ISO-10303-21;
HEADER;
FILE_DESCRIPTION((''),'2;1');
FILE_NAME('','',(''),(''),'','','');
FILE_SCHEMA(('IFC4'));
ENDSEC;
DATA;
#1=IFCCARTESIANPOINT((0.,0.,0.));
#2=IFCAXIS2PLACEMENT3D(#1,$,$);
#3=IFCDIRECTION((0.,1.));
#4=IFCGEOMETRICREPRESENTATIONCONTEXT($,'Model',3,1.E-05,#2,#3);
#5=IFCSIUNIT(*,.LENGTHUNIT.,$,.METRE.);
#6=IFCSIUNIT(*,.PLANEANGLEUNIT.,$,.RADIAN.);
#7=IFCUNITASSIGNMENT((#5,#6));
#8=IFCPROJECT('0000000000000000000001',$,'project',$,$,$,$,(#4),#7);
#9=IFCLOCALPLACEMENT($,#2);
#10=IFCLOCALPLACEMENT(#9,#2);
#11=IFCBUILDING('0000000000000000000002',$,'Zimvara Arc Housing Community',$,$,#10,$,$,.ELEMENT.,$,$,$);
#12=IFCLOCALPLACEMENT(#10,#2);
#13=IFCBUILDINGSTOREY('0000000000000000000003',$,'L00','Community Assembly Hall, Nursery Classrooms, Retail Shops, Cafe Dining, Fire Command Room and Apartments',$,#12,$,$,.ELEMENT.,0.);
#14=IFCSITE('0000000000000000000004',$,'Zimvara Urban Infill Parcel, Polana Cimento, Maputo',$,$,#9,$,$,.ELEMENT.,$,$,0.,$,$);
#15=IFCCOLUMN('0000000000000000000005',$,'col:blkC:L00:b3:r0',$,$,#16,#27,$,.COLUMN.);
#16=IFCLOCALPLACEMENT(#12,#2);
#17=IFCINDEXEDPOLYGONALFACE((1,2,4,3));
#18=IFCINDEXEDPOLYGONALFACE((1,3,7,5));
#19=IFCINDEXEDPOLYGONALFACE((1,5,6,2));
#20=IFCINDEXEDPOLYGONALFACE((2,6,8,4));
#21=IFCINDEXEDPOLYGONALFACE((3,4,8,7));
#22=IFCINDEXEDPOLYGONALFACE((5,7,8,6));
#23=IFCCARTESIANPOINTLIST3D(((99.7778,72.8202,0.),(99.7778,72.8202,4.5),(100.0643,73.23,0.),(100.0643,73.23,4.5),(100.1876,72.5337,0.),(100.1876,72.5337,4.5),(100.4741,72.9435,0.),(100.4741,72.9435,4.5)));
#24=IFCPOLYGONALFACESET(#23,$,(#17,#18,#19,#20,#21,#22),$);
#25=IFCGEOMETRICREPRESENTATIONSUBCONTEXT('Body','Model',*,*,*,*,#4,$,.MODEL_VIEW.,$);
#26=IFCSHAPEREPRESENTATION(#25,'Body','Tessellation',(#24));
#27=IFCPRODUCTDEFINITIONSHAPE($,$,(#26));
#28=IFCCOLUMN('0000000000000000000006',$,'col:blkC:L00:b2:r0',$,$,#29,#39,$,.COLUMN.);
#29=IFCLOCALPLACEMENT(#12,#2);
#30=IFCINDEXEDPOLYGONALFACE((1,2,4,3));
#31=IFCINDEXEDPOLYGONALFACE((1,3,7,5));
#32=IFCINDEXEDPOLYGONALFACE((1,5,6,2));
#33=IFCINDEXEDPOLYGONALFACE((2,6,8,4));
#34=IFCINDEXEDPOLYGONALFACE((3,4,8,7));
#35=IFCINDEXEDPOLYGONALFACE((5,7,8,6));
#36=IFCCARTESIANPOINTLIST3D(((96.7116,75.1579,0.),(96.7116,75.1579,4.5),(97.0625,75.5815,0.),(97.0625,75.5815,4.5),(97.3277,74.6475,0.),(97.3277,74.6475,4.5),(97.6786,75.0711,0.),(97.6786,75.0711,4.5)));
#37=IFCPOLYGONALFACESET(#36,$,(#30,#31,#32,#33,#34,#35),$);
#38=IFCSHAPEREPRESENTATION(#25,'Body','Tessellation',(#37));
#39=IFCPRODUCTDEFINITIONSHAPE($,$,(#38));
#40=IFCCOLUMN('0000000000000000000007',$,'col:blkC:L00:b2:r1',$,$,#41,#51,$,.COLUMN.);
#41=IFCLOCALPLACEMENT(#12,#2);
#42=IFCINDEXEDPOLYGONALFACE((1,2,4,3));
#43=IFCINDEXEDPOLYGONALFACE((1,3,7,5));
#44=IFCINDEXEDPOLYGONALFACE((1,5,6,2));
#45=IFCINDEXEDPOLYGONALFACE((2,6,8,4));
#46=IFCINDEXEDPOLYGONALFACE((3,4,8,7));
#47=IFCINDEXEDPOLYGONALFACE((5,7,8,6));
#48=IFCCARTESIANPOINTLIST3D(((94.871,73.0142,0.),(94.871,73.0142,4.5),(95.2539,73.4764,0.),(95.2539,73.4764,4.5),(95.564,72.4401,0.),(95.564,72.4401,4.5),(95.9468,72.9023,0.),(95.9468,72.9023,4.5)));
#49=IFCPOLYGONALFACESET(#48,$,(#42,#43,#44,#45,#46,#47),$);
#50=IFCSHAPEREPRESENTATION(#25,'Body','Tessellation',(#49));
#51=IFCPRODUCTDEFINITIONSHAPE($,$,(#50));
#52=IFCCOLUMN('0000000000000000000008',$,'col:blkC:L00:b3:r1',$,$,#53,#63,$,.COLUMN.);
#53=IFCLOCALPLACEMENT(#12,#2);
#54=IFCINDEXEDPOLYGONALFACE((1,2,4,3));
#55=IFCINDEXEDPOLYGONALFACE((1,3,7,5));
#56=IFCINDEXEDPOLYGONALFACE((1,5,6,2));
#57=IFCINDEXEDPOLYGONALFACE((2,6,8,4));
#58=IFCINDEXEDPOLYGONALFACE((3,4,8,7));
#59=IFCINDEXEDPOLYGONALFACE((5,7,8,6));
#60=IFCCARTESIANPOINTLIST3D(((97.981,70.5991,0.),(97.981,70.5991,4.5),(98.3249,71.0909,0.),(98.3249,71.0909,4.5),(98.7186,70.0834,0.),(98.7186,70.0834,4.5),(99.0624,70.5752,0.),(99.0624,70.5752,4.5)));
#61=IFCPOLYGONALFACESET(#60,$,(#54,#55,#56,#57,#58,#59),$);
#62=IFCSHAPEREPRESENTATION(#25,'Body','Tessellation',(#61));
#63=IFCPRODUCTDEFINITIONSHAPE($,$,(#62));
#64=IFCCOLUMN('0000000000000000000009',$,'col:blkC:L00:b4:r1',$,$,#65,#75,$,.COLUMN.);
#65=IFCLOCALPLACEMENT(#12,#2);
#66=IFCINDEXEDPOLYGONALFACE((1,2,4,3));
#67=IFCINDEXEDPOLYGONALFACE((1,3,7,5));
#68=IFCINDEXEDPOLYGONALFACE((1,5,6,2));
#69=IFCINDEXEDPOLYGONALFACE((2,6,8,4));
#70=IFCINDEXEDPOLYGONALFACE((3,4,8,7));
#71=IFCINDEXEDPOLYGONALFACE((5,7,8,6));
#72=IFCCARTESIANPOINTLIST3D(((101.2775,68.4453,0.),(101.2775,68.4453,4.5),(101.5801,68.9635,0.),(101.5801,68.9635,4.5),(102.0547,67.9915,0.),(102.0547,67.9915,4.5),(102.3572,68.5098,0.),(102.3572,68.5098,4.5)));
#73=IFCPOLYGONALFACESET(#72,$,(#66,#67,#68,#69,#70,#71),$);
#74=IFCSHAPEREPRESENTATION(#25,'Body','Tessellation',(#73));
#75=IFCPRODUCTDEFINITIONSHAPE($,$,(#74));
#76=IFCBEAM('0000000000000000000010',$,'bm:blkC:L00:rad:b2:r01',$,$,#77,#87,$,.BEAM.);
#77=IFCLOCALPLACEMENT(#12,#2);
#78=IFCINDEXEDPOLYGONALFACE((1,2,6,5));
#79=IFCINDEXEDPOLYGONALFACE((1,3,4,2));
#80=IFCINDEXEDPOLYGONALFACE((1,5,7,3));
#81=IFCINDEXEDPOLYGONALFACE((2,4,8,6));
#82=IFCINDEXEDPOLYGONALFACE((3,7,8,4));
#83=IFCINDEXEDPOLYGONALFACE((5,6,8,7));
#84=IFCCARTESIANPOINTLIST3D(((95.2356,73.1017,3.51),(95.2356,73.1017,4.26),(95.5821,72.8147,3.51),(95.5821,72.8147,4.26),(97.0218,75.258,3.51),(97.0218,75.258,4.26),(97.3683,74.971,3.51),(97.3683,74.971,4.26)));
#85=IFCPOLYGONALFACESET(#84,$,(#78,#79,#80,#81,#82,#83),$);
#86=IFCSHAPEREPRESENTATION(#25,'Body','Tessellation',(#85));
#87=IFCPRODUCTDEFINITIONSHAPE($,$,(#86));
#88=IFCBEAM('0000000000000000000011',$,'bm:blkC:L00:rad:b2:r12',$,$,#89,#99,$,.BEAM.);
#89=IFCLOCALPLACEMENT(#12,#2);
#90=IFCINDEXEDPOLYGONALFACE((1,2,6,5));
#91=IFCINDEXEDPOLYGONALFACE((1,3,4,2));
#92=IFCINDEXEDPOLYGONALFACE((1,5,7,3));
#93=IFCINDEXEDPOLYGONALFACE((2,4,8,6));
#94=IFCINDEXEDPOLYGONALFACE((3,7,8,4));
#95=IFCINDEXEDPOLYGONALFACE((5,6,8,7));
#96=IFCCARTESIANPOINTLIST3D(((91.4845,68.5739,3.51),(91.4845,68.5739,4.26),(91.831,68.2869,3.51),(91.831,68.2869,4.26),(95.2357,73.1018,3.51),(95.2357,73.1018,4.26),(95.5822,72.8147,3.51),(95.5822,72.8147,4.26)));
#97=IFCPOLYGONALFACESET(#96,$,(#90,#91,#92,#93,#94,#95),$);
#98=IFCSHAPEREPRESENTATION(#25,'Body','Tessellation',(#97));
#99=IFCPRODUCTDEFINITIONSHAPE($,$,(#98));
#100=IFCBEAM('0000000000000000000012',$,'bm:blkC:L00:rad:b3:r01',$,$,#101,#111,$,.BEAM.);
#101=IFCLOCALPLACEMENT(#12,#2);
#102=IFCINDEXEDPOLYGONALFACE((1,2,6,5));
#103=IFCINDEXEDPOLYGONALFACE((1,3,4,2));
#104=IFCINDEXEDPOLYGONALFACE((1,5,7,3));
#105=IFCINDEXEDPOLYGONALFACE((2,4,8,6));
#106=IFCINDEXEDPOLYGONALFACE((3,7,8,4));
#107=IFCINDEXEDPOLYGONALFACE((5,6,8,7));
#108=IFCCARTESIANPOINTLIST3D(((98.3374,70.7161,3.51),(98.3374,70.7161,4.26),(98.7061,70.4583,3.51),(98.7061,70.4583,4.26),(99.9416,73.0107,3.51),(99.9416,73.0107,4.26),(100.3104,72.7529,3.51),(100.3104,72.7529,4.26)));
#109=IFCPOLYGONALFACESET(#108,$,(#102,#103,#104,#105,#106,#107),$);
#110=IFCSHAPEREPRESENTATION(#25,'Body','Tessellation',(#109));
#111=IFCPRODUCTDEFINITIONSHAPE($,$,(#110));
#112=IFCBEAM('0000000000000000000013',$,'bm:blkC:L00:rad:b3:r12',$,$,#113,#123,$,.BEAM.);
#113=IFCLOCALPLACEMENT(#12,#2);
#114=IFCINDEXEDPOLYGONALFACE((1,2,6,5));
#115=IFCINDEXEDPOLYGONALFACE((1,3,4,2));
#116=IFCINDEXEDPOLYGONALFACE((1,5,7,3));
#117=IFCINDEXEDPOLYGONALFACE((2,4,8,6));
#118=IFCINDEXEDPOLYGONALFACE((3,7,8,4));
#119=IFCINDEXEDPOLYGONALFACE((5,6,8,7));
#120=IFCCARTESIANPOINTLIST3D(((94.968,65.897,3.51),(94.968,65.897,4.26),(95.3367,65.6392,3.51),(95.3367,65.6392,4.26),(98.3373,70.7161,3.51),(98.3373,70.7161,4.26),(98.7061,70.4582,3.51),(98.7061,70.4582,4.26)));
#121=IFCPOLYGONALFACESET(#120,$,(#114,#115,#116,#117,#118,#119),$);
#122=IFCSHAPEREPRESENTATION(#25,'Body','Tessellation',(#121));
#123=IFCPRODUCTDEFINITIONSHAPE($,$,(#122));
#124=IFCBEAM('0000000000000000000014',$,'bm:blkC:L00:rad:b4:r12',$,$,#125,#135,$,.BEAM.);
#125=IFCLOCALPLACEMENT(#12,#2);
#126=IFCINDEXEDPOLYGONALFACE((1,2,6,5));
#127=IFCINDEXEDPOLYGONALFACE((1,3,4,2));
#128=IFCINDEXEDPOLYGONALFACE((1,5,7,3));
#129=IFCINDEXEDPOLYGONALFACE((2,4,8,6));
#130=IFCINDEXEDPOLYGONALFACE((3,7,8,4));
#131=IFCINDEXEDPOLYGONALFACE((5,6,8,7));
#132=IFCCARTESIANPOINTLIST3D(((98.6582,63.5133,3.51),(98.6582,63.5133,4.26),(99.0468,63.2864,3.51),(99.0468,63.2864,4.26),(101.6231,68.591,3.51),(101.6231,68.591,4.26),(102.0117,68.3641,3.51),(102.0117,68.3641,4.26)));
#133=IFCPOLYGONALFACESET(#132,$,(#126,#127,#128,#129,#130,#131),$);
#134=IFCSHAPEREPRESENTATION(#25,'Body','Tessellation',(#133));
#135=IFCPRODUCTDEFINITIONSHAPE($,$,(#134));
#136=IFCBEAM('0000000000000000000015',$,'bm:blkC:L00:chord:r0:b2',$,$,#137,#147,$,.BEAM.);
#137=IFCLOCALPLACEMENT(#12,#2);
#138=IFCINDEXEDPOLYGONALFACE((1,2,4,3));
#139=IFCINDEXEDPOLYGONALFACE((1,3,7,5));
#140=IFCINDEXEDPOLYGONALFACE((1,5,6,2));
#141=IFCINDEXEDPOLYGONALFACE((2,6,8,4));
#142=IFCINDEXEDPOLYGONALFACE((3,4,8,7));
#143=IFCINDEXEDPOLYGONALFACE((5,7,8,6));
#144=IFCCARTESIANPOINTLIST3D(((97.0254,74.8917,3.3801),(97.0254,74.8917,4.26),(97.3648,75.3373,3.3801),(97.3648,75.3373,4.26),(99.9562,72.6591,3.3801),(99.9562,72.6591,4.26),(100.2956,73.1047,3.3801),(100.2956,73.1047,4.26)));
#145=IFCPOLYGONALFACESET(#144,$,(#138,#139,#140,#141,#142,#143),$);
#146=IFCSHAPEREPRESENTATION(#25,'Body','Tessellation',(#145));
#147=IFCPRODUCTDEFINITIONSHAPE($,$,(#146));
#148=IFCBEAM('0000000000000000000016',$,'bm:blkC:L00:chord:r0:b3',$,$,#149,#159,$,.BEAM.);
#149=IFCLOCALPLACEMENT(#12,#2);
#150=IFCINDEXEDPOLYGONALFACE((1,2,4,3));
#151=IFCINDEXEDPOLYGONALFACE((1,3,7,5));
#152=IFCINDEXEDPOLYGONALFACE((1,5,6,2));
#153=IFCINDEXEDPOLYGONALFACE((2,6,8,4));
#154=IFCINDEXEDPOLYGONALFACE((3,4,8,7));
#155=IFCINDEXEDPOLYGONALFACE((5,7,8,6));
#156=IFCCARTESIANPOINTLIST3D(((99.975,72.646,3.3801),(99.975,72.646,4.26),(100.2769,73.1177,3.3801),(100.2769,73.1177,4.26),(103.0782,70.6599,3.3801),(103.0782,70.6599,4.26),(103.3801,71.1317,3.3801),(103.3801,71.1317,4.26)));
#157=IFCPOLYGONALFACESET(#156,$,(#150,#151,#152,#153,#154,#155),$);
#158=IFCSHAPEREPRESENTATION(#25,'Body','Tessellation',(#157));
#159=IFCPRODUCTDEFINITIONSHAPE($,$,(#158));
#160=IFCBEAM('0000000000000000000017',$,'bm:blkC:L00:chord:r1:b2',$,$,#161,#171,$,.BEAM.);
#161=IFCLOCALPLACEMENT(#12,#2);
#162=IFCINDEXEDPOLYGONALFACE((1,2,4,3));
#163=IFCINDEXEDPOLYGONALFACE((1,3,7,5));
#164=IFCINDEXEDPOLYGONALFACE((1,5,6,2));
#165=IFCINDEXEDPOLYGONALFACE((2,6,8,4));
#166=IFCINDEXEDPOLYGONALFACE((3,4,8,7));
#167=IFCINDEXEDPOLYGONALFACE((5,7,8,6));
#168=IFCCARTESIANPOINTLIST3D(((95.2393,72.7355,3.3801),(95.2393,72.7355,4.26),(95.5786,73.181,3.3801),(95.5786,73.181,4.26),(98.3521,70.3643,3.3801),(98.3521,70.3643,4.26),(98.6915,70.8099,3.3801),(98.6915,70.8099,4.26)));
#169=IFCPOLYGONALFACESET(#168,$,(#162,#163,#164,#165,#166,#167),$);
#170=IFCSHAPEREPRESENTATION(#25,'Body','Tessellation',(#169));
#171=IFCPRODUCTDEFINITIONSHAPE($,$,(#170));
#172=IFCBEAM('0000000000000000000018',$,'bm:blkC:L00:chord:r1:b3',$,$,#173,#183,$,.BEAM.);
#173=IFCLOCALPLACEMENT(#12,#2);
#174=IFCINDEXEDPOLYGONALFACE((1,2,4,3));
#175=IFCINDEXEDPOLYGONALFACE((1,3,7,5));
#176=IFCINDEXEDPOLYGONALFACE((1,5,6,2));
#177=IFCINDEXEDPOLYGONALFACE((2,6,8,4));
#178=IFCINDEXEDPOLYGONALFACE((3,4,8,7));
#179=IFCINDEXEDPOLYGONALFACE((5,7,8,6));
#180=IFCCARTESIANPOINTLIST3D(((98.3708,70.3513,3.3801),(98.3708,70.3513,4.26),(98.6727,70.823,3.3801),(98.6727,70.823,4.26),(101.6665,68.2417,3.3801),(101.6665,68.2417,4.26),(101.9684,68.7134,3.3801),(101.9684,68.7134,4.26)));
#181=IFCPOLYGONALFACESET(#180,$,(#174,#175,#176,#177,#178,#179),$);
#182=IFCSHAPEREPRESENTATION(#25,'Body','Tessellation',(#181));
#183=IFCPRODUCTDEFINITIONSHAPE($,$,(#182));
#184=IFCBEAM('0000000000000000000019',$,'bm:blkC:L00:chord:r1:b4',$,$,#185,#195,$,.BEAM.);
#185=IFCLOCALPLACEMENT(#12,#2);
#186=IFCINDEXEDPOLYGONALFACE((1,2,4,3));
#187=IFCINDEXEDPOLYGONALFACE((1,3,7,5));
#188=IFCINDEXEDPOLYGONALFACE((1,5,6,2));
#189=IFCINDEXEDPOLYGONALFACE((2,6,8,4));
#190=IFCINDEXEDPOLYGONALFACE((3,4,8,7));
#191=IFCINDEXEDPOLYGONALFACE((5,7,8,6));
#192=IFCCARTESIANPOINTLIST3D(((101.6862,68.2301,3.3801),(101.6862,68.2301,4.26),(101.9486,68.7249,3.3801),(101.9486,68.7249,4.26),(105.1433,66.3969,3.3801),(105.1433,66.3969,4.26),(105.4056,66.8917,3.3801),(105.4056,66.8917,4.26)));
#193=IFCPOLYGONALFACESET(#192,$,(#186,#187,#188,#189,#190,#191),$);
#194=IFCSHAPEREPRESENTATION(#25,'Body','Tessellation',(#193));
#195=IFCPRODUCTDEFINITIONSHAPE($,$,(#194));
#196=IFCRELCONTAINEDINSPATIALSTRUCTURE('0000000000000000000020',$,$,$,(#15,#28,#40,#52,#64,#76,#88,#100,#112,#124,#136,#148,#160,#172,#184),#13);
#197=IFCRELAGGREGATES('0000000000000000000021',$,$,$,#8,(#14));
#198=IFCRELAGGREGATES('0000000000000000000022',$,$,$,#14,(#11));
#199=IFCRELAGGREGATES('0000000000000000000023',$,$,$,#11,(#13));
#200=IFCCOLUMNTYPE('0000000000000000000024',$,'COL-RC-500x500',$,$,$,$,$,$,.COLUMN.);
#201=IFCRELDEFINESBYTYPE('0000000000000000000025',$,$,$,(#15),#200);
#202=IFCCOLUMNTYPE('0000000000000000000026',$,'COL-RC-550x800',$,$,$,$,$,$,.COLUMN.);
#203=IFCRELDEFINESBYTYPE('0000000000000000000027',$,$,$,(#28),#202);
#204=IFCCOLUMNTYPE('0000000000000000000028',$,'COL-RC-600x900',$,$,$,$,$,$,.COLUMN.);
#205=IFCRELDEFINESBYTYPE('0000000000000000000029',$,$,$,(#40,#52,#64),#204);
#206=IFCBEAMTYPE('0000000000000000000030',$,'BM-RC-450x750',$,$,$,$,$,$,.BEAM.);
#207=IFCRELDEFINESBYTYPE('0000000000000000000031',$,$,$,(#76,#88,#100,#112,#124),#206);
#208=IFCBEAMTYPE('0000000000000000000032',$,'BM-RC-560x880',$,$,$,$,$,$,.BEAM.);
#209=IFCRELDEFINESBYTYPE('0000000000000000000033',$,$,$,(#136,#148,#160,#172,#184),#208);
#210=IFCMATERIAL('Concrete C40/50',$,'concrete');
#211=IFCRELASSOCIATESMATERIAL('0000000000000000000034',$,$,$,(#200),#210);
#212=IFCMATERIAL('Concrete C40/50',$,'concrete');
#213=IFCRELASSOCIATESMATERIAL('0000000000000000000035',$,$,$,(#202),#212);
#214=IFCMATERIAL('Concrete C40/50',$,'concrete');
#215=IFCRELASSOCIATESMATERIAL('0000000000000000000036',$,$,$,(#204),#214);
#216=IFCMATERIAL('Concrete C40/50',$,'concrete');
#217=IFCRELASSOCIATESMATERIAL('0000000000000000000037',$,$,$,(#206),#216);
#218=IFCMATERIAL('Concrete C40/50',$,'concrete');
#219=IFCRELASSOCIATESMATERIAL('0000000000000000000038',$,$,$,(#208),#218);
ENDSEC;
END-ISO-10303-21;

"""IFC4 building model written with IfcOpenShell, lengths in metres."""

from ifc_helpers import new_model, si_unit, direction, frame, origin, origin_2d, place, context, subcontext, project, spatial, rectangle, extrude, material, material_profile, profile_set, type_object, element, save


model = new_model("IFC4")

# Units and contexts
model_context = context("Model", 3, precision=1e-05, world=origin(), true_north=direction((0.0, 1.0)))
body_context = subcontext(model_context, "Body", "Model", "MODEL_VIEW")
ifc_project = project(units=[si_unit("LENGTHUNIT", "METRE"), si_unit("PLANEANGLEUNIT", "RADIAN")], contexts=[model_context])

# Site, building, storey
site_placement = place(None, origin())
site = spatial("IfcSite", under=ifc_project, at=site_placement, Name="Zimvara Urban Infill Parcel, Polana Cimento, Maputo", CompositionType="ELEMENT", RefElevation=0.0)
building_placement = place(site_placement, origin())
building = spatial("IfcBuilding", under=site, at=building_placement, Name="Zimvara Arc Housing Community", CompositionType="ELEMENT")
storey_placement = place(building_placement, origin())
storey = spatial("IfcBuildingStorey", under=building, at=storey_placement, Name="L00", Description="Community Assembly Hall, Nursery Classrooms, Retail Shops, Cafe Dining, Fire Command Room and Apartments", CompositionType="ELEMENT", Elevation=0.0)

# Columns
ifc_material_1 = material(Name="Concrete C40/50", Category="concrete")
ifc_material_profile_1 = material_profile(ifc_material_1, rectangle(XDim=0.5, YDim=0.5, at=origin_2d()), Name="RC 500x500")
ifc_profile_set_1 = profile_set([ifc_material_profile_1], Name="Concrete C40/50")
column_type_1 = type_object("IfcColumnType", Name="COL-RC-500x500", PredefinedType="COLUMN", material=ifc_profile_set_1)
column_1_placement = place(storey_placement, frame((100.126, 72.8818, 0.0), z_axis=(0.0, 0.0, 1.0), x_axis=(-0.573004, -0.819552, 0.0)))
element("IfcColumn", 1, at=column_1_placement, inside=storey, type_object=column_type_1, Name="col:blkC:L00:b3:r0", PredefinedType="COLUMN", context=body_context, shape_type="SweptSolid", body=[
    extrude(rectangle(XDim=0.5, YDim=0.5, at=origin_2d()), origin(), (0.0, 0.0, 1.0), 4.5),
])
ifc_material_2 = material(Name="Concrete C40/50", Category="concrete")
ifc_material_profile_2 = material_profile(ifc_material_2, rectangle(XDim=0.55, YDim=0.8, at=origin_2d()), Name="RC 550x800")
ifc_profile_set_2 = profile_set([ifc_material_profile_2], Name="Concrete C40/50")
column_type_2 = type_object("IfcColumnType", Name="COL-RC-550x800", PredefinedType="COLUMN", material=ifc_profile_set_2)
column_2_placement = place(storey_placement, frame((97.1951, 75.1145, 0.0), z_axis=(0.0, 0.0, 1.0), x_axis=(-0.637962, -0.770068, 0.0)))
element("IfcColumn", 2, at=column_2_placement, inside=storey, type_object=column_type_2, Name="col:blkC:L00:b2:r0", PredefinedType="COLUMN", context=body_context, shape_type="SweptSolid", body=[
    extrude(rectangle(XDim=0.55, YDim=0.8, at=origin_2d()), origin(), (0.0, 0.0, 1.0), 4.5),
])
ifc_material_3 = material(Name="Concrete C40/50", Category="concrete")
ifc_material_profile_3 = material_profile(ifc_material_3, rectangle(XDim=0.6001, YDim=0.8999, at=origin_2d()), Name="RC 600x900")
ifc_profile_set_3 = profile_set([ifc_material_profile_3], Name="Concrete C40/50")
column_type_3 = type_object("IfcColumnType", Name="COL-RC-600x900", PredefinedType="COLUMN", material=ifc_profile_set_3)
for number, where, z_axis, x_axis, name in (
    (3, (95.4089, 72.9583, 0.0), (0.0, 0.0, 1.0), (-0.637962, -0.770068, 0.0), "col:blkC:L00:b2:r1"),
    (4, (98.5217, 70.5872, 0.0), (0.0, 0.0, 1.0), (-0.573004, -0.819552, 0.0), "col:blkC:L00:b3:r1"),
    (5, (101.8174, 68.4775, 0.0), (0.0, 0.0, 1.0), (-0.504226, -0.863572, 0.0), "col:blkC:L00:b4:r1"),
):
    element("IfcColumn", number, at=place(storey_placement, frame(where, z_axis=z_axis, x_axis=x_axis)), inside=storey, type_object=column_type_3, Name=name, PredefinedType="COLUMN", context=body_context, shape_type="SweptSolid", body=[
        extrude(rectangle(XDim=0.6001, YDim=0.8999, at=origin_2d()), origin(), (0.0, 0.0, 1.0), 4.5),
    ])

# Beams
ifc_material_4 = material(Name="Concrete C40/50", Category="concrete")
ifc_material_profile_4 = material_profile(ifc_material_4, rectangle(XDim=0.45, YDim=0.75, at=origin_2d()), Name="RC 450x750")
ifc_profile_set_4 = profile_set([ifc_material_profile_4], Name="Concrete C40/50")
beam_type_1 = type_object("IfcBeamType", Name="BM-RC-450x750", PredefinedType="BEAM", material=ifc_profile_set_4)
beam_1_placement = place(storey_placement, frame((97.1951, 75.1145, 3.885), z_axis=(-0.637917, -0.770105, 0.0), x_axis=(0.770105, -0.637917, 0.0)))
element("IfcBeam", 6, at=beam_1_placement, inside=storey, type_object=beam_type_1, Name="bm:blkC:L00:rad:b2:r01", PredefinedType="BEAM", context=body_context, shape_type="SweptSolid", body=[
    extrude(rectangle(XDim=0.45, YDim=0.75, at=origin_2d()), origin(), (0.0, 0.0, 1.0), 2.8),
])
beam_2_placement = place(storey_placement, frame((95.4089, 72.9583, 3.885), z_axis=(-0.637976, -0.770056, 0.0), x_axis=(0.770056, -0.637976, 0.0)))
element("IfcBeam", 7, at=beam_2_placement, inside=storey, type_object=beam_type_1, Name="bm:blkC:L00:rad:b2:r12", PredefinedType="BEAM", context=body_context, shape_type="SweptSolid", body=[
    extrude(rectangle(XDim=0.45, YDim=0.75, at=origin_2d()), origin(), (0.0, 0.0, 1.0), 5.8799),
])
beam_3_placement = place(storey_placement, frame((100.126, 72.8818, 3.885), z_axis=(-0.572977, -0.819572, 0.0), x_axis=(0.819572, -0.572977, 0.0)))
element("IfcBeam", 8, at=beam_3_placement, inside=storey, type_object=beam_type_1, Name="bm:blkC:L00:rad:b3:r01", PredefinedType="BEAM", context=body_context, shape_type="SweptSolid", body=[
    extrude(rectangle(XDim=0.45, YDim=0.75, at=origin_2d()), origin(), (0.0, 0.0, 1.0), 2.7998),
])
beam_4_placement = place(storey_placement, frame((98.5217, 70.5872, 3.885), z_axis=(-0.573008, -0.81955, 0.0), x_axis=(0.81955, -0.573008, 0.0)))
element("IfcBeam", 9, at=beam_4_placement, inside=storey, type_object=beam_type_1, Name="bm:blkC:L00:rad:b3:r12", PredefinedType="BEAM", context=body_context, shape_type="SweptSolid", body=[
    extrude(rectangle(XDim=0.45, YDim=0.75, at=origin_2d()), origin(), (0.0, 0.0, 1.0), 5.8801),
])
beam_5_placement = place(storey_placement, frame((101.8174, 68.4775, 3.885), z_axis=(-0.504238, -0.863565, 0.0), x_axis=(0.863565, -0.504238, 0.0)))
element("IfcBeam", 10, at=beam_5_placement, inside=storey, type_object=beam_type_1, Name="bm:blkC:L00:rad:b4:r12", PredefinedType="BEAM", context=body_context, shape_type="SweptSolid", body=[
    extrude(rectangle(XDim=0.45, YDim=0.75, at=origin_2d()), origin(), (0.0, 0.0, 1.0), 5.8799),
])
ifc_material_5 = material(Name="Concrete C40/50", Category="concrete")
ifc_material_profile_5 = material_profile(ifc_material_5, rectangle(XDim=0.5601, YDim=0.8799, at=origin_2d()), Name="RC 560x880")
ifc_profile_set_5 = profile_set([ifc_material_profile_5], Name="Concrete C40/50")
beam_type_2 = type_object("IfcBeamType", Name="BM-RC-560x880", PredefinedType="BEAM", material=ifc_profile_set_5)
for number, where, z_axis, x_axis, name in (
    (11, (97.1951, 75.1145, 3.8201), (0.795485, -0.605973, 0.0), (0.605973, 0.795485, 0.0), "bm:blkC:L00:chord:r0:b2"),
    (12, (100.126, 72.8818, 3.8201), (0.842273, -0.539052, 0.0), (0.539052, 0.842273, 0.0), "bm:blkC:L00:chord:r0:b3"),
):
    element("IfcBeam", number, at=place(storey_placement, frame(where, z_axis=z_axis, x_axis=x_axis)), inside=storey, type_object=beam_type_2, Name=name, PredefinedType="BEAM", context=body_context, shape_type="SweptSolid", body=[
        extrude(rectangle(XDim=0.5601, YDim=0.8799, at=origin_2d()), origin(), (0.0, 0.0, 1.0), 3.6843),
    ])
for number, where, z_axis, x_axis, name in (
    (13, (95.4089, 72.9583, 3.8201), (0.7955, -0.605953, 0.0), (0.605953, 0.7955, 0.0), "bm:blkC:L00:chord:r1:b2"),
    (14, (98.5217, 70.5872, 3.8201), (0.842225, -0.539126, 0.0), (0.539126, 0.842225, 0.0), "bm:blkC:L00:chord:r1:b3"),
    (15, (101.8174, 68.4775, 3.8201), (0.883464, -0.468498, 0.0), (0.468498, 0.883464, 0.0), "bm:blkC:L00:chord:r1:b4"),
):
    element("IfcBeam", number, at=place(storey_placement, frame(where, z_axis=z_axis, x_axis=x_axis)), inside=storey, type_object=beam_type_2, Name=name, PredefinedType="BEAM", context=body_context, shape_type="SweptSolid", body=[
        extrude(rectangle(XDim=0.5601, YDim=0.8799, at=origin_2d()), origin(), (0.0, 0.0, 1.0), 3.9131),
    ])

save(model, "model.ifc")
